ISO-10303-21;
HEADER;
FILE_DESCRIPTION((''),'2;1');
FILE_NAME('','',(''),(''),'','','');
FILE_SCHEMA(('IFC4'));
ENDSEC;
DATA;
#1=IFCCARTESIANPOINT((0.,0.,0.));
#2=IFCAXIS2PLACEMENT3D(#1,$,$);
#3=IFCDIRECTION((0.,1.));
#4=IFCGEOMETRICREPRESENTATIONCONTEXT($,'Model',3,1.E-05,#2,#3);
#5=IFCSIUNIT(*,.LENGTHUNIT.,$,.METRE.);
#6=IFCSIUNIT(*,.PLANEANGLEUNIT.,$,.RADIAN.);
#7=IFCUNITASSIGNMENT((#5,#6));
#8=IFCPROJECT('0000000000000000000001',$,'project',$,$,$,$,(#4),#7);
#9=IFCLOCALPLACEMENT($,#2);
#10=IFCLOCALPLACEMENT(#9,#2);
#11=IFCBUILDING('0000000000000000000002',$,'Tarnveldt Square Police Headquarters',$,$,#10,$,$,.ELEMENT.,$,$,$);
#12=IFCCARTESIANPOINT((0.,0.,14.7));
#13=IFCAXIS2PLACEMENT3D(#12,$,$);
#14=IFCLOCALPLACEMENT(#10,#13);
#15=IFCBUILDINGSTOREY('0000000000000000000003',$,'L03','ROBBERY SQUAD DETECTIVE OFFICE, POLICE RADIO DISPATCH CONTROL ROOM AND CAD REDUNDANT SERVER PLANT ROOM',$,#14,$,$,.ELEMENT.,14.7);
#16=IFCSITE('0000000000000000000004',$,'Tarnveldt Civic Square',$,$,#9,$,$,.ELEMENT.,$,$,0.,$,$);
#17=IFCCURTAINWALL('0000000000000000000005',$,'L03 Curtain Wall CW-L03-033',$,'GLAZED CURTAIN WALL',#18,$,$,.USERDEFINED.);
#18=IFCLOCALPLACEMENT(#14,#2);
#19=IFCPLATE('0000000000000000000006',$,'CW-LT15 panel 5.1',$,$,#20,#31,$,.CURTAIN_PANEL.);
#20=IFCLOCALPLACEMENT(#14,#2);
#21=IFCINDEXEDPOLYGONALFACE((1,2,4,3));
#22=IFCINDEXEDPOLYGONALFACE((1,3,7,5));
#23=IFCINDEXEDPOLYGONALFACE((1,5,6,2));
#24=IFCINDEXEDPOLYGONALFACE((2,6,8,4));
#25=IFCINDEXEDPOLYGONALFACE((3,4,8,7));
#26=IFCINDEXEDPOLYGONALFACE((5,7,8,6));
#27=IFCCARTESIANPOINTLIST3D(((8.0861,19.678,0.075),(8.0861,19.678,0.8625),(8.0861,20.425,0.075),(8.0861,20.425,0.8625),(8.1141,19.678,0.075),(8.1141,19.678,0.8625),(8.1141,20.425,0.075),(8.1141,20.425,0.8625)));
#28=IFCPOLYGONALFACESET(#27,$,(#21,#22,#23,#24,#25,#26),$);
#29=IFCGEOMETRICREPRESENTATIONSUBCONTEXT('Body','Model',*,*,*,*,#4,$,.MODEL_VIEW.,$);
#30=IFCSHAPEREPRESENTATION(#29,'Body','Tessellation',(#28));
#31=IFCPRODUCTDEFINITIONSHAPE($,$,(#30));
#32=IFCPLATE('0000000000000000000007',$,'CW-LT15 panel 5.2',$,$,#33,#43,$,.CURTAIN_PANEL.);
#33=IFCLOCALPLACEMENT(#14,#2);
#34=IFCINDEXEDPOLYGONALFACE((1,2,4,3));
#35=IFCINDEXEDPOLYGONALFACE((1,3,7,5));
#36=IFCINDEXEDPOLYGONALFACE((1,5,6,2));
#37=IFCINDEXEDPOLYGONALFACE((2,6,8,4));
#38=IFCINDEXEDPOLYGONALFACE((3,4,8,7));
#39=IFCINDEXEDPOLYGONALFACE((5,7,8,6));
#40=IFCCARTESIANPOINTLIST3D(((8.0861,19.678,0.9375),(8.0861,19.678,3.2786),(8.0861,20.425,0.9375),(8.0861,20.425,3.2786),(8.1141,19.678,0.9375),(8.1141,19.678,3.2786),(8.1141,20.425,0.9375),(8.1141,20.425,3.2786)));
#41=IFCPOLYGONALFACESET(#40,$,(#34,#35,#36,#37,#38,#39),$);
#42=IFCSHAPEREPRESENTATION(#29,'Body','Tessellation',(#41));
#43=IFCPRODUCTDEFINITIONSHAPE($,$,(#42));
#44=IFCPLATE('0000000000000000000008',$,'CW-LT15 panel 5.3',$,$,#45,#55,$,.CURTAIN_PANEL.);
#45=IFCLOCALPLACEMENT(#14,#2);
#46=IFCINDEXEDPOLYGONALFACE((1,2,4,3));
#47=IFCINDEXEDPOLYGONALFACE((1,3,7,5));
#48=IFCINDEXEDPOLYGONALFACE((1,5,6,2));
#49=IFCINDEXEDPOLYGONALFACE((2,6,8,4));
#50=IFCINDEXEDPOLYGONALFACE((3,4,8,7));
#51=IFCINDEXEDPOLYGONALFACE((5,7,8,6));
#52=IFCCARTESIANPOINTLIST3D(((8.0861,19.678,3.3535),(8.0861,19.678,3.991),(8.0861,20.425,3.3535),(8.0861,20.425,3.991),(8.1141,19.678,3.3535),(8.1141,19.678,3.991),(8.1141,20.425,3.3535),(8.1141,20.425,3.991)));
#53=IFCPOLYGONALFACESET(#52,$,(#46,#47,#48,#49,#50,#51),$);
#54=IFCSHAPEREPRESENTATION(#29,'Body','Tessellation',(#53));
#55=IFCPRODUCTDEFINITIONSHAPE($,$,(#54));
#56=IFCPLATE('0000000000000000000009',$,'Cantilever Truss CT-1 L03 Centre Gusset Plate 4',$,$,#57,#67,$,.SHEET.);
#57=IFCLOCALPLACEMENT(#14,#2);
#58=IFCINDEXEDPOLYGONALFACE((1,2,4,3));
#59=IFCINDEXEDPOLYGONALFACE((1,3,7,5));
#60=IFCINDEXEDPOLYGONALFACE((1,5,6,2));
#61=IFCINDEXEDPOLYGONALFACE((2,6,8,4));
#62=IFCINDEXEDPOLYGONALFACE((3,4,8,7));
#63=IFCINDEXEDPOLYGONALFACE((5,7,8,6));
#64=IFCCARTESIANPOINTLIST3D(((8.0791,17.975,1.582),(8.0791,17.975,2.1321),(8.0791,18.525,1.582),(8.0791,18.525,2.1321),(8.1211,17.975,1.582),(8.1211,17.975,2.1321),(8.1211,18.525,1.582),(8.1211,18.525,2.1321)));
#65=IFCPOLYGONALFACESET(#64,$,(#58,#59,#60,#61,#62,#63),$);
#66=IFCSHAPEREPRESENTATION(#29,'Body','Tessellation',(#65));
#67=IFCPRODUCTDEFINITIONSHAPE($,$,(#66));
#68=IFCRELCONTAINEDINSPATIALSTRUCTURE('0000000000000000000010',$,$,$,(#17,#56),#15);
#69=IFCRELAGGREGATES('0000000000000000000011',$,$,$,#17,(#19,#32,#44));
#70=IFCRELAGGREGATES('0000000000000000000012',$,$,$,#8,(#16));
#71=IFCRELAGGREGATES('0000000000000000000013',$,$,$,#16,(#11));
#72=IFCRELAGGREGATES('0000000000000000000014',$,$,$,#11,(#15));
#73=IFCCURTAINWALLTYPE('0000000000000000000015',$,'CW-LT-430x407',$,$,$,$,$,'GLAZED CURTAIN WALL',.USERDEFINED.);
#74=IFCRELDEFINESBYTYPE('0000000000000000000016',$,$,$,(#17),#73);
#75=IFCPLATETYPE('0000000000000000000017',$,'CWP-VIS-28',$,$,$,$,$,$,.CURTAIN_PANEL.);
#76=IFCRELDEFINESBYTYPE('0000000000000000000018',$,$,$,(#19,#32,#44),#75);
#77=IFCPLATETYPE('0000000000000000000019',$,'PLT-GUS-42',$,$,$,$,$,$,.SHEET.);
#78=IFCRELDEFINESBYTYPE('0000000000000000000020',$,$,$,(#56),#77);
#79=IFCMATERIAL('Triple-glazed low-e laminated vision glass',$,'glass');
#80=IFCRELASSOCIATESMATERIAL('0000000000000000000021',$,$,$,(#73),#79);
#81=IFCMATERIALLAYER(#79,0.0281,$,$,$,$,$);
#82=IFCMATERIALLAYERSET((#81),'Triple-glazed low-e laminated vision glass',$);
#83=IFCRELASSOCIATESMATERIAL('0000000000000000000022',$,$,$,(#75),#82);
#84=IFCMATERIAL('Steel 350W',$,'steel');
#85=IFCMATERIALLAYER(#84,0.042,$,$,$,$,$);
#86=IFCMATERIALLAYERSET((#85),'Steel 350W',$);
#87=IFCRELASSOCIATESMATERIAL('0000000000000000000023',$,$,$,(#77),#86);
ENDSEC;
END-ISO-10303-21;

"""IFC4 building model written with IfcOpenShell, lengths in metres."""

from ifc_helpers import new_model, si_unit, direction, frame, origin, origin_2d, place, context, subcontext, project, spatial, rectangle, extrude, material, layer, layer_set, type_object, element, aggregate, save


model = new_model("IFC4")

# Units and contexts
model_context = context("Model", 3, precision=1e-05, world=origin(), true_north=direction((0.0, 1.0)))
body_context = subcontext(model_context, "Body", "Model", "MODEL_VIEW")
ifc_project = project(units=[si_unit("LENGTHUNIT", "METRE"), si_unit("PLANEANGLEUNIT", "RADIAN")], contexts=[model_context])

# Site, building, storey
site_placement = place(None, origin())
site = spatial("IfcSite", under=ifc_project, at=site_placement, Name="Tarnveldt Civic Square", CompositionType="ELEMENT", RefElevation=0.0)
building_placement = place(site_placement, origin())
building = spatial("IfcBuilding", under=site, at=building_placement, Name="Tarnveldt Square Police Headquarters", CompositionType="ELEMENT")
storey_placement = place(building_placement, frame((0.0, 0.0, 14.7)))
storey = spatial("IfcBuildingStorey", under=building, at=storey_placement, Name="L03", Description="ROBBERY SQUAD DETECTIVE OFFICE, POLICE RADIO DISPATCH CONTROL ROOM AND CAD REDUNDANT SERVER PLANT ROOM", CompositionType="ELEMENT", Elevation=14.7)

# Curtain wall
ifc_material_1 = material(Name="Triple-glazed low-e laminated vision glass", Category="glass")
curtain_wall_type = type_object("IfcCurtainWallType", Name="CW-LT-430x407", ElementType="GLAZED CURTAIN WALL", PredefinedType="USERDEFINED", material=ifc_material_1)
curtain_wall_placement = place(storey_placement, origin())
curtain_wall = element("IfcCurtainWall", 1, at=curtain_wall_placement, inside=storey, type_object=curtain_wall_type, Name="L03 Curtain Wall CW-L03-033", ObjectType="GLAZED CURTAIN WALL", PredefinedType="USERDEFINED")

# Shared definitions
ifc_material_2 = material(Name="Steel 350W", Category="steel")

# Plates
ifc_layer_1 = layer(ifc_material_1, 0.0281)
ifc_layer_set_1 = layer_set([ifc_layer_1], Name="Triple-glazed low-e laminated vision glass")
plate_type_1 = type_object("IfcPlateType", Name="CWP-VIS-28", PredefinedType="CURTAIN_PANEL", material=ifc_layer_set_1)
plate_1_placement = place(storey_placement, frame((8.1001, 20.0515, 0.075), z_axis=(0.0, 0.0, 1.0), x_axis=(0.0, 1.0, 0.0)))
plate_1 = element("IfcPlate", 2, at=plate_1_placement, type_object=plate_type_1, Name="CW-LT15 panel 5.1", PredefinedType="CURTAIN_PANEL", context=body_context, shape_type="SweptSolid", body=[
    extrude(rectangle(XDim=0.7471, YDim=0.0281, at=origin_2d()), origin(), (0.0, 0.0, 1.0), 0.7876),
])
plate_2_placement = place(storey_placement, frame((8.1001, 20.0515, 0.9375), z_axis=(0.0, 0.0, 1.0), x_axis=(0.0, 1.0, 0.0)))
plate_2 = element("IfcPlate", 3, at=plate_2_placement, type_object=plate_type_1, Name="CW-LT15 panel 5.2", PredefinedType="CURTAIN_PANEL", context=body_context, shape_type="SweptSolid", body=[
    extrude(rectangle(XDim=0.7471, YDim=0.0281, at=origin_2d()), origin(), (0.0, 0.0, 1.0), 2.3411),
])
plate_3_placement = place(storey_placement, frame((8.1001, 20.0515, 3.3535), z_axis=(0.0, 0.0, 1.0), x_axis=(0.0, 1.0, 0.0)))
plate_3 = element("IfcPlate", 4, at=plate_3_placement, type_object=plate_type_1, Name="CW-LT15 panel 5.3", PredefinedType="CURTAIN_PANEL", context=body_context, shape_type="SweptSolid", body=[
    extrude(rectangle(XDim=0.7471, YDim=0.0281, at=origin_2d()), origin(), (0.0, 0.0, 1.0), 0.6375),
])
aggregate(curtain_wall, [plate_1, plate_2, plate_3])
ifc_layer_2 = layer(ifc_material_2, 0.042)
ifc_layer_set_2 = layer_set([ifc_layer_2], Name="Steel 350W")
plate_type_2 = type_object("IfcPlateType", Name="PLT-GUS-42", PredefinedType="SHEET", material=ifc_layer_set_2)
plate_4_placement = place(storey_placement, frame((8.1001, 18.25, 1.582), z_axis=(0.0, 0.0, 1.0), x_axis=(1.0, 0.0, 0.0)))
element("IfcPlate", 5, at=plate_4_placement, inside=storey, type_object=plate_type_2, Name="Cantilever Truss CT-1 L03 Centre Gusset Plate 4", PredefinedType="SHEET", context=body_context, shape_type="SweptSolid", body=[
    extrude(rectangle(XDim=0.042, YDim=0.55, at=origin_2d()), origin(), (0.0, 0.0, 1.0), 0.55),
])

save(model, "model.ifc")
